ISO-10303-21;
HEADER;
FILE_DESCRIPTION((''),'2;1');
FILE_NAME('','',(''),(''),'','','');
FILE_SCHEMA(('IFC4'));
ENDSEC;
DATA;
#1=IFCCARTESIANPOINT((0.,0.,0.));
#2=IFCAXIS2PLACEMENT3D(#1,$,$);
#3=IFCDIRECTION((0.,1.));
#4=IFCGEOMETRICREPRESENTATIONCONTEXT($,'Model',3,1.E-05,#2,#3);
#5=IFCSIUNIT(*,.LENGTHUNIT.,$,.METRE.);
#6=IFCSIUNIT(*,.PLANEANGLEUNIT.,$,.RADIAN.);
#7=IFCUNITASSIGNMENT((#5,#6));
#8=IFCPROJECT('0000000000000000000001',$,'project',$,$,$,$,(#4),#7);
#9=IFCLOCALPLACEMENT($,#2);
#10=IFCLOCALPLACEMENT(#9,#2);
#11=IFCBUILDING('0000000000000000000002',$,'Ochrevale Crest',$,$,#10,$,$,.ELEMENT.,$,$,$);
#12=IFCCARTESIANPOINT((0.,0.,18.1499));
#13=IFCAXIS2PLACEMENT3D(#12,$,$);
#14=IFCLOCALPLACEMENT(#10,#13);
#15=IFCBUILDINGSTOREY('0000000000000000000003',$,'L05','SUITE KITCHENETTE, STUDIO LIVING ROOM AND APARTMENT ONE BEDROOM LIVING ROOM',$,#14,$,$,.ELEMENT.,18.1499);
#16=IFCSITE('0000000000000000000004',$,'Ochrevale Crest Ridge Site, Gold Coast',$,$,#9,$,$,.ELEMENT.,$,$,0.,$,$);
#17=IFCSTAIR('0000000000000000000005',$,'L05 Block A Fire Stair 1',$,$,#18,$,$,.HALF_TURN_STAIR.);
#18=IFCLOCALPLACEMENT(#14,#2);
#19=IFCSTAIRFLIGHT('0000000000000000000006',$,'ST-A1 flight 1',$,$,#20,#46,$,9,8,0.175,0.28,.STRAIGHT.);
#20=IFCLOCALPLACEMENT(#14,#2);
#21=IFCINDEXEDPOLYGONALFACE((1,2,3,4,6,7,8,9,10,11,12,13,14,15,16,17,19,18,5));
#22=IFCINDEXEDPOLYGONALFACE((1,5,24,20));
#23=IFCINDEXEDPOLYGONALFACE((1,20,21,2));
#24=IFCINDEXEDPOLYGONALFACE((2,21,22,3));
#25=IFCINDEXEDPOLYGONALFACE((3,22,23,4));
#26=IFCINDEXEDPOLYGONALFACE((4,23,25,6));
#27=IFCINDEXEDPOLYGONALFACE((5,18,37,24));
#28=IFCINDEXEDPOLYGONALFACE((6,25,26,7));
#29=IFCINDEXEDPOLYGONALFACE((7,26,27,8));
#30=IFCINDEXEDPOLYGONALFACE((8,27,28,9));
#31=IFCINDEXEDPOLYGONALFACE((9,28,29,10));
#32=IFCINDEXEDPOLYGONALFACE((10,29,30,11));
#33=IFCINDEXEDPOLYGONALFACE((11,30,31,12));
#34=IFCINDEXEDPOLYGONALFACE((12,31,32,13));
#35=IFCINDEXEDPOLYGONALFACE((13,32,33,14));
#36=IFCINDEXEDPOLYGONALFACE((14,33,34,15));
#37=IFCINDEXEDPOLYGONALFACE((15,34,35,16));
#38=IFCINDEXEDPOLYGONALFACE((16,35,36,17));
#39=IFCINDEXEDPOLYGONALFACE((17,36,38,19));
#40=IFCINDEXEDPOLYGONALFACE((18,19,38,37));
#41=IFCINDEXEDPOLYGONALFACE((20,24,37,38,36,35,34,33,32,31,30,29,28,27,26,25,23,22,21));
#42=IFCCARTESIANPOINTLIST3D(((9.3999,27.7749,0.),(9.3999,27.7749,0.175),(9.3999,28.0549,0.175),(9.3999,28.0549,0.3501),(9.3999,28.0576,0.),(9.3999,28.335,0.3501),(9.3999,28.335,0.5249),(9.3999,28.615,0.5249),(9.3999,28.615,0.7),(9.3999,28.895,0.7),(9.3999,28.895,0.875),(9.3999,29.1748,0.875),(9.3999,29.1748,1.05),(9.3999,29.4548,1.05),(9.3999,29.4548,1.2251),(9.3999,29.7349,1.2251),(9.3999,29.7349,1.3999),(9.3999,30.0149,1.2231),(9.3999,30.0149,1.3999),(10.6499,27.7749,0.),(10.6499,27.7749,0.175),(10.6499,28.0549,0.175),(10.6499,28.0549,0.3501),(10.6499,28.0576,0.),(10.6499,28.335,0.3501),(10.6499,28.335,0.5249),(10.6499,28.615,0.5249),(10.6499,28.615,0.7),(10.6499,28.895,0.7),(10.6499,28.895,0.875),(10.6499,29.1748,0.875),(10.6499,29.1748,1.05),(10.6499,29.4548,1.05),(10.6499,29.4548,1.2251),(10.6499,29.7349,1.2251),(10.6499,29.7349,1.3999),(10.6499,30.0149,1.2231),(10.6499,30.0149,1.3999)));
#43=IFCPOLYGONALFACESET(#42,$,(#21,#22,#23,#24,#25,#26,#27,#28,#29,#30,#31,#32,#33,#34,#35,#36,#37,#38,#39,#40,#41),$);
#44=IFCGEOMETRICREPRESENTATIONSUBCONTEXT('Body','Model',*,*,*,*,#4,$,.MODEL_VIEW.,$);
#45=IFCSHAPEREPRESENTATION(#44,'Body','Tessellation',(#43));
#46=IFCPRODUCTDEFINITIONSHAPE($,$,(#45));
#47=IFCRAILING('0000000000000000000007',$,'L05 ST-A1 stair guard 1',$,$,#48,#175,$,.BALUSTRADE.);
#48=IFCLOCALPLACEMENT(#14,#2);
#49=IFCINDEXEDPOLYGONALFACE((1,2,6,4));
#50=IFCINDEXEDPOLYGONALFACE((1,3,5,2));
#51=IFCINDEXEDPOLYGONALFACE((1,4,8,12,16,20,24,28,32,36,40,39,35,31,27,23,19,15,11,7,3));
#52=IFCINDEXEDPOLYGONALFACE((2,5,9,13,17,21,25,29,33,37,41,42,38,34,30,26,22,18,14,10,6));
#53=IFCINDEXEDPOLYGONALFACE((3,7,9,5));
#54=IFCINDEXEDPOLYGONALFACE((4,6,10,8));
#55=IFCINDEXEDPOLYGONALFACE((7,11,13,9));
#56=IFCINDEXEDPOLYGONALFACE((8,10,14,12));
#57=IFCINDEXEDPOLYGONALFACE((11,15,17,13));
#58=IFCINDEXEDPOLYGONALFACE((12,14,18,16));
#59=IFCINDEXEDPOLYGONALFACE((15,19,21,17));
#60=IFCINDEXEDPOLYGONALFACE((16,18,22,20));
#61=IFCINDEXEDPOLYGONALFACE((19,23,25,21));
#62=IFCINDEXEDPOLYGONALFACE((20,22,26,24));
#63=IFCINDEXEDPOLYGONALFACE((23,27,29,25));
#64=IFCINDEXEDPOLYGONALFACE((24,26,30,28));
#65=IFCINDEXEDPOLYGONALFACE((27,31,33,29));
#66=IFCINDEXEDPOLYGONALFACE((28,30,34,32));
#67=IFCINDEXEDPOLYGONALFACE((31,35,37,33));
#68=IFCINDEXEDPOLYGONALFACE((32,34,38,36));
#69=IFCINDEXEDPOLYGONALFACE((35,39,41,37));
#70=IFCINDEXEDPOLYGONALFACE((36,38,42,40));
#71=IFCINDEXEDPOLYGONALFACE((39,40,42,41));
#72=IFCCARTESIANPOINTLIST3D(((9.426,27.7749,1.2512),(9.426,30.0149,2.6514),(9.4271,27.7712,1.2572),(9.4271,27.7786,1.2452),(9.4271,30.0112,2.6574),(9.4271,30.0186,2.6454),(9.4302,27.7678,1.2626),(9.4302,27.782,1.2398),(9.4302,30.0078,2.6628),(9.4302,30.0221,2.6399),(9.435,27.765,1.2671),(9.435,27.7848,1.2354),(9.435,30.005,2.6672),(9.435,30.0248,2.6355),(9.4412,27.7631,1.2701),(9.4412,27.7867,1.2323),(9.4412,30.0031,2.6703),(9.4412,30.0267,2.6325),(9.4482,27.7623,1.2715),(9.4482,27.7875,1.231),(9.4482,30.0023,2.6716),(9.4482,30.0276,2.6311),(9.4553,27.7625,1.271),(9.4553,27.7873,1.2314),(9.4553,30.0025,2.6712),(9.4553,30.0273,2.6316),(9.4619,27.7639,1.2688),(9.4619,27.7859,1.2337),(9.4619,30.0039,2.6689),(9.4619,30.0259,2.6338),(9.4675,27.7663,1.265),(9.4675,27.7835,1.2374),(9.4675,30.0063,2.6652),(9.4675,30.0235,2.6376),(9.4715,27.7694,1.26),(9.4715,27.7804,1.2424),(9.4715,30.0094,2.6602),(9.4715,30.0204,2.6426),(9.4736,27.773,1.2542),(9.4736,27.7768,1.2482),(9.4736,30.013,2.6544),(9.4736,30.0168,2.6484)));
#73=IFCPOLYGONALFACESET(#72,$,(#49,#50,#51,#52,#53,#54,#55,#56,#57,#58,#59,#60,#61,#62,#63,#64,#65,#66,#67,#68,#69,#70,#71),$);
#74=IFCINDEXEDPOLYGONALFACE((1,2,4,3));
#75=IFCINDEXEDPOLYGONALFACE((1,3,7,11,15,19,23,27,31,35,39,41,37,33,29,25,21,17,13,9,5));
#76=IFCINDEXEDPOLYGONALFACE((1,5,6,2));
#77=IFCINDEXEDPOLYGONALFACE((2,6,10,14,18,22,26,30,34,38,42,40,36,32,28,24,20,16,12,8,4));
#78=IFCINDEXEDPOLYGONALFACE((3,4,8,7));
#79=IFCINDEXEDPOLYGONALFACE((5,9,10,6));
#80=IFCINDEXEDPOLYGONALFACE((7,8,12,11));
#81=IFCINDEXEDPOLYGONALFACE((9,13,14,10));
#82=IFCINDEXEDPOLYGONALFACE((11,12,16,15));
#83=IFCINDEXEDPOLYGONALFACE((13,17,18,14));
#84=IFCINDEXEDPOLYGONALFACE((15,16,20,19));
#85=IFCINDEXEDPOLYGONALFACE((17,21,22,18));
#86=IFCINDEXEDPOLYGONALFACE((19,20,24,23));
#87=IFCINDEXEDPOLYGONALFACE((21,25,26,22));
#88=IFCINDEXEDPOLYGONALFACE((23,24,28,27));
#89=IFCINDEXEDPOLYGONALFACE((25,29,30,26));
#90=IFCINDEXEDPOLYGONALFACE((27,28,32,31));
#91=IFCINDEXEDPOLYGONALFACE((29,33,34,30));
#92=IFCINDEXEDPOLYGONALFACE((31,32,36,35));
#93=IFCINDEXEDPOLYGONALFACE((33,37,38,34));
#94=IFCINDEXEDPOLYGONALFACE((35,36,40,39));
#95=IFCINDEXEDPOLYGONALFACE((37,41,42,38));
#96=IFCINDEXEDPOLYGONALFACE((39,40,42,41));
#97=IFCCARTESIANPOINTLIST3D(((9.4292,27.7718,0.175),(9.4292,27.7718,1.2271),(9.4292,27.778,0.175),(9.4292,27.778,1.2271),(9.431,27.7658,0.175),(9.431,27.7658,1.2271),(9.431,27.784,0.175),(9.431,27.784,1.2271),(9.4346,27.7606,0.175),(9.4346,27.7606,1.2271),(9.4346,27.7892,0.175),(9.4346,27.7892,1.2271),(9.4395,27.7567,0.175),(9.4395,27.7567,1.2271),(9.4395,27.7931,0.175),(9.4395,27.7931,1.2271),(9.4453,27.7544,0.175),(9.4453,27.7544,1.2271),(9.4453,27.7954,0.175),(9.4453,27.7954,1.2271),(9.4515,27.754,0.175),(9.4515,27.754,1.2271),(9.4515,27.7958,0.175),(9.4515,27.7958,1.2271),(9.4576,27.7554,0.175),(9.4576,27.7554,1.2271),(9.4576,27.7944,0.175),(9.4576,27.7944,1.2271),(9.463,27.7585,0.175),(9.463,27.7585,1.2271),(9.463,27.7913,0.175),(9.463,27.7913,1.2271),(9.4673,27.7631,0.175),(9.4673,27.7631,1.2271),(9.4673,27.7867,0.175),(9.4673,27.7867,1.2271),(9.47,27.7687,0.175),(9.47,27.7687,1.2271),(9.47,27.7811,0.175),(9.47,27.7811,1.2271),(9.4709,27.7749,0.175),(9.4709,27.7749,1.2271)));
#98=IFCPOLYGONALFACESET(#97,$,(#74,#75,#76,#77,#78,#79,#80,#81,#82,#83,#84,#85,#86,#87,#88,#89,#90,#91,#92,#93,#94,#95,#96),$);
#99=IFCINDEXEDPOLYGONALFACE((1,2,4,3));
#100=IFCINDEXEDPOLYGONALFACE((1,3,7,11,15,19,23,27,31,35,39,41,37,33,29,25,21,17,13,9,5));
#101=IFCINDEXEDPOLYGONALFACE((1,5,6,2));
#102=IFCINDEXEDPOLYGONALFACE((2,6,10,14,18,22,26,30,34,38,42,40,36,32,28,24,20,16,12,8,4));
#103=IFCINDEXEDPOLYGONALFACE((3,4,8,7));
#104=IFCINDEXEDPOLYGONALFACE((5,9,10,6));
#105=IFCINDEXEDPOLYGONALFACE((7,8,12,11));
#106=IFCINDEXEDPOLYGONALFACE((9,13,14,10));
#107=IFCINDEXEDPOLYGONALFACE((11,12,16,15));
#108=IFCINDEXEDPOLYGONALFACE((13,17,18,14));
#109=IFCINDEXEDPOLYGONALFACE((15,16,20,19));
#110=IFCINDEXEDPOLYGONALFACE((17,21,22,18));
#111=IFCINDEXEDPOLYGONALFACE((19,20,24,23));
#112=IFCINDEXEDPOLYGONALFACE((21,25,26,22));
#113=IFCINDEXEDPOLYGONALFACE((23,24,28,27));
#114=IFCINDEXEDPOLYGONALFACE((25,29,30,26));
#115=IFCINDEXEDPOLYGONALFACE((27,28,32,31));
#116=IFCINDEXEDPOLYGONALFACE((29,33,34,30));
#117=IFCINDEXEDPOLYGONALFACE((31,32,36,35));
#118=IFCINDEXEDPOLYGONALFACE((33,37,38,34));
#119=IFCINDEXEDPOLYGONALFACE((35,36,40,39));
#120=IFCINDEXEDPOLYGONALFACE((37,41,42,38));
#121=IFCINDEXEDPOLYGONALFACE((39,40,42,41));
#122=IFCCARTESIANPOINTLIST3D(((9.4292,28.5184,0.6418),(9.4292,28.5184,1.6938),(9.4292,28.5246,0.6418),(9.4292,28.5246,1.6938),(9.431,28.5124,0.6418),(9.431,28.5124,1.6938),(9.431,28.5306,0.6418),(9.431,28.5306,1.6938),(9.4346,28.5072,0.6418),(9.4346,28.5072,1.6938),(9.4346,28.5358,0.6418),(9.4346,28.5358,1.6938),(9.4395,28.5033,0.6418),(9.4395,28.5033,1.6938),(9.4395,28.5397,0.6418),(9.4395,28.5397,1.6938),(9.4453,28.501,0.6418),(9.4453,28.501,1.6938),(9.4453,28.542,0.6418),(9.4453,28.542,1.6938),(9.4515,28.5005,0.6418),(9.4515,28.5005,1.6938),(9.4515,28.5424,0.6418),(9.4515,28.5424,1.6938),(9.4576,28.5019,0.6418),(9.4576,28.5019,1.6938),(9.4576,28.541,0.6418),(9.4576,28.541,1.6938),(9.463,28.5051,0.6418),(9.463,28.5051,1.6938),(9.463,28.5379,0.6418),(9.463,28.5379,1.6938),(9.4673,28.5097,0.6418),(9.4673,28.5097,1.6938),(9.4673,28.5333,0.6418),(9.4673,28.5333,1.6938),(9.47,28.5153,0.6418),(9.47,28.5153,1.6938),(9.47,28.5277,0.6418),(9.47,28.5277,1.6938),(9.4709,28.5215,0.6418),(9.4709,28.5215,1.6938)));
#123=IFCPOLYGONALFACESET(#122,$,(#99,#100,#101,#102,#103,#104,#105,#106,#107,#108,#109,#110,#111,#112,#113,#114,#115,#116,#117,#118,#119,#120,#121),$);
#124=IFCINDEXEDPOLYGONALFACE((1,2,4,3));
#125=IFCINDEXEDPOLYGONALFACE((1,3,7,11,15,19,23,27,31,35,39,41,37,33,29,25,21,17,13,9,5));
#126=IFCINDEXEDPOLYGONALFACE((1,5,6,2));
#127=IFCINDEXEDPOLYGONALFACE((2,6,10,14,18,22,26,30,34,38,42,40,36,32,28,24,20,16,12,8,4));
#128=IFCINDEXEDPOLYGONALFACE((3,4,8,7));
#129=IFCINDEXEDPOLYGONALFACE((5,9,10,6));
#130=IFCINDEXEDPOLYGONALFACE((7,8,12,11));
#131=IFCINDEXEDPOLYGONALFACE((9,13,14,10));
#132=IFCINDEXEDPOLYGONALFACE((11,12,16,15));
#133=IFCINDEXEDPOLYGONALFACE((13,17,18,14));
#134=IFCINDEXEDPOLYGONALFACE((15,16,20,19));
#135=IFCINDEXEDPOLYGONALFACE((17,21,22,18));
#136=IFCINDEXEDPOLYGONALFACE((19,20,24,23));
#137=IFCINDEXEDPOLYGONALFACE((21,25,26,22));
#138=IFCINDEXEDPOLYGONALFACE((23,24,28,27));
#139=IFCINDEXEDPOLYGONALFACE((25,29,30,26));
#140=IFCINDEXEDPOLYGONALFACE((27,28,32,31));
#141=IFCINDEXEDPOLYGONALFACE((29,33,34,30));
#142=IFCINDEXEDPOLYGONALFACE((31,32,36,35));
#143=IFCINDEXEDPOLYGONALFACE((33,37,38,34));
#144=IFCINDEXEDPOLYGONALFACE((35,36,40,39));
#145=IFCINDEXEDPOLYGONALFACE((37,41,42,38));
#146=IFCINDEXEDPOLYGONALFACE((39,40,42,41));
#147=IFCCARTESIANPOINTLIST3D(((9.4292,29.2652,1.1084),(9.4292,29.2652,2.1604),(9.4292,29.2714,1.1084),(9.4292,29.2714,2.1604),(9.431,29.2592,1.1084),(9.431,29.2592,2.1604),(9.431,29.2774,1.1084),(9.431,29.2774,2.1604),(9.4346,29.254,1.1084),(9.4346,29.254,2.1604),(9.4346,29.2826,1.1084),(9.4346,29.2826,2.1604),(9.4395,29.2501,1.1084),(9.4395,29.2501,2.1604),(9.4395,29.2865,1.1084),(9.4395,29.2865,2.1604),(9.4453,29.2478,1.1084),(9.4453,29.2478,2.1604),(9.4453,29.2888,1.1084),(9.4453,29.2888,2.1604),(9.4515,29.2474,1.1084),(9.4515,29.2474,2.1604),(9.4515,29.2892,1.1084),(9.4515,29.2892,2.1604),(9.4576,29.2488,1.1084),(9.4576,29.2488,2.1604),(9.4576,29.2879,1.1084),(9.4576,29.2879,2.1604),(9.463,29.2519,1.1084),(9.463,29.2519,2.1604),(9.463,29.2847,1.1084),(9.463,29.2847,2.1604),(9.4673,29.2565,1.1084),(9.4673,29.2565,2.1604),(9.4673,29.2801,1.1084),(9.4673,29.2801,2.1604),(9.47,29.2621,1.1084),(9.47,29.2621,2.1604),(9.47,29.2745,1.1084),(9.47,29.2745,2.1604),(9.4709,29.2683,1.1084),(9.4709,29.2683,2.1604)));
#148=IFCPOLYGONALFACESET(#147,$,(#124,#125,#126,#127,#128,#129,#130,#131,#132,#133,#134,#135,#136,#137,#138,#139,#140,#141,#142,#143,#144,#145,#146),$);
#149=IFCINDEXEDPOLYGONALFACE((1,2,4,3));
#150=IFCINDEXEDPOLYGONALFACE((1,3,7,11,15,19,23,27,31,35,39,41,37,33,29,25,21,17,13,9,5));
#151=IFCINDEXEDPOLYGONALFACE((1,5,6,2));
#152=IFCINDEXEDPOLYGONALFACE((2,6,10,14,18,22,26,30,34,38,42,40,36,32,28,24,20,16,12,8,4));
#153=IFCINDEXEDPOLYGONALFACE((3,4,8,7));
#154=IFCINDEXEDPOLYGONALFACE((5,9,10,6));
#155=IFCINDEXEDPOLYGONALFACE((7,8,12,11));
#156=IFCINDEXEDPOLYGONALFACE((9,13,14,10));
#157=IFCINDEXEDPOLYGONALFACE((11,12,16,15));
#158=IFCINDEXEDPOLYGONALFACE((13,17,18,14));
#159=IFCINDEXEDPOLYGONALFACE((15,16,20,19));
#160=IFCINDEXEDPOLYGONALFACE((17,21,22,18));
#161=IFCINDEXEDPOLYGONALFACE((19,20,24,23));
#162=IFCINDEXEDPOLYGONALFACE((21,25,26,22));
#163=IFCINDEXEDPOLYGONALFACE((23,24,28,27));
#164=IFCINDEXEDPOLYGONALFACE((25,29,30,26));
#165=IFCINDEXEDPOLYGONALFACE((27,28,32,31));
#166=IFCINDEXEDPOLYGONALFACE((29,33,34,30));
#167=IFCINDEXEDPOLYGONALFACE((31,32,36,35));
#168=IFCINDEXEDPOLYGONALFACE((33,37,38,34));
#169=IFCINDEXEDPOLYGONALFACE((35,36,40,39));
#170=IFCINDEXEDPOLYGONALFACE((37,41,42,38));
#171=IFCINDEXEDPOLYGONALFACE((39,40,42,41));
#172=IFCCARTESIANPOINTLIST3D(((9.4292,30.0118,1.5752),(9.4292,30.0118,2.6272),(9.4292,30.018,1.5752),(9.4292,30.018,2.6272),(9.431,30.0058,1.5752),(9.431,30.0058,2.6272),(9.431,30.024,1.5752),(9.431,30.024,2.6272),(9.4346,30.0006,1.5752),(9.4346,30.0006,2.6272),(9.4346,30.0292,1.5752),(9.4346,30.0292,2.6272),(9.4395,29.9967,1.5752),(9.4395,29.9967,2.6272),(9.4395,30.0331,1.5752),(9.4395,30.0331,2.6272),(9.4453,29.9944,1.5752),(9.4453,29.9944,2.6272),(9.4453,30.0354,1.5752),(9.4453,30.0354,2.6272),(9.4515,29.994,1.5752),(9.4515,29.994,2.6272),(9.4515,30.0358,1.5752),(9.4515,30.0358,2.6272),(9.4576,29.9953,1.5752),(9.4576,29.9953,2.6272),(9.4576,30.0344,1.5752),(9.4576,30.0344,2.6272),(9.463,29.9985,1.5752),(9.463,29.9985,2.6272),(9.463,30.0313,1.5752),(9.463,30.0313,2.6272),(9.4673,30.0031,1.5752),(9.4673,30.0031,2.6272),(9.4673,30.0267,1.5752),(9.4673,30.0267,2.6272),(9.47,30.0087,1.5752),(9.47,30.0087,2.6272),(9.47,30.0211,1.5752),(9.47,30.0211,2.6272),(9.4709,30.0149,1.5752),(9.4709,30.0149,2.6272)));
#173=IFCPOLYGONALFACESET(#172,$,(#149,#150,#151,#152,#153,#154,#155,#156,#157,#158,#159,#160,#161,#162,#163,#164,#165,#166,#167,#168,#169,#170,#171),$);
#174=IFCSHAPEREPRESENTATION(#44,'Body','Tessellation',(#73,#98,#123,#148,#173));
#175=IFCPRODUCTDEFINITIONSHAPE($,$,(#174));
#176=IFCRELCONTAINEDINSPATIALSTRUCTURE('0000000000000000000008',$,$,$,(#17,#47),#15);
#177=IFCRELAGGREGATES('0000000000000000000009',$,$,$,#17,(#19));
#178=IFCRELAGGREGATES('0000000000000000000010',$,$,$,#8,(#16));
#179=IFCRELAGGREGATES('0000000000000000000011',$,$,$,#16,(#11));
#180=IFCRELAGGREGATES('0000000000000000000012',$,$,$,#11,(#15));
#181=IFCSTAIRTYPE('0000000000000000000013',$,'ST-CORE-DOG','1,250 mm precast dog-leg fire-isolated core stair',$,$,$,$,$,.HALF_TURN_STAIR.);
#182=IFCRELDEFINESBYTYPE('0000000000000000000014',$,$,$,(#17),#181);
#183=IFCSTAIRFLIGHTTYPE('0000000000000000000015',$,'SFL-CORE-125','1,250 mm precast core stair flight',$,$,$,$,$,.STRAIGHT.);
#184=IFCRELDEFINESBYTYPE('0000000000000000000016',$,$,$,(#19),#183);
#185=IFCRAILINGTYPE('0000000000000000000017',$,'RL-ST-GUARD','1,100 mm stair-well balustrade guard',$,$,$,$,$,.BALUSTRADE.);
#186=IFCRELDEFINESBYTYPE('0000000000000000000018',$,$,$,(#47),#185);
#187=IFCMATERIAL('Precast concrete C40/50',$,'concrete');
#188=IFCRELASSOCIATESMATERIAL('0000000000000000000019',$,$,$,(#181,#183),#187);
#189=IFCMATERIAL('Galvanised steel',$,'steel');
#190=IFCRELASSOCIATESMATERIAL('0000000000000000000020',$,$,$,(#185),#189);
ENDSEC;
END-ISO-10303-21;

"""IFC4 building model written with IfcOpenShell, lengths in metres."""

from ifc_helpers import new_model, si_unit, direction, frame, origin, origin_2d, place, context, subcontext, project, spatial, polyline, circle, outline, extrude, material, type_object, element, aggregate, save


model = new_model("IFC4")

# Units and contexts
model_context = context("Model", 3, precision=1e-05, world=origin(), true_north=direction((0.0, 1.0)))
body_context = subcontext(model_context, "Body", "Model", "MODEL_VIEW")
ifc_project = project(units=[si_unit("LENGTHUNIT", "METRE"), si_unit("PLANEANGLEUNIT", "RADIAN")], contexts=[model_context])

# Site, building, storey
site_placement = place(None, origin())
site = spatial("IfcSite", under=ifc_project, at=site_placement, Name="Ochrevale Crest Ridge Site, Gold Coast", CompositionType="ELEMENT", RefElevation=0.0)
building_placement = place(site_placement, origin())
building = spatial("IfcBuilding", under=site, at=building_placement, Name="Ochrevale Crest", CompositionType="ELEMENT")
storey_placement = place(building_placement, frame((0.0, 0.0, 18.1499)))
storey = spatial("IfcBuildingStorey", under=building, at=storey_placement, Name="L05", Description="SUITE KITCHENETTE, STUDIO LIVING ROOM AND APARTMENT ONE BEDROOM LIVING ROOM", CompositionType="ELEMENT", Elevation=18.1499)

# Stair, stair flight
ifc_material_1 = material(Name="Precast concrete C40/50", Category="concrete")
stair_type = type_object("IfcStairType", Name="ST-CORE-DOG", Description="1,250 mm precast dog-leg fire-isolated core stair", PredefinedType="HALF_TURN_STAIR", material=ifc_material_1)
stair_placement = place(storey_placement, origin())
stair = element("IfcStair", 1, at=stair_placement, inside=storey, type_object=stair_type, Name="L05 Block A Fire Stair 1", PredefinedType="HALF_TURN_STAIR")
stair_flight_type = type_object("IfcStairFlightType", Name="SFL-CORE-125", Description="1,250 mm precast core stair flight", PredefinedType="STRAIGHT", material=ifc_material_1)
stair_flight_placement = place(storey_placement, frame((10.0249, 27.7749, 0.0), z_axis=(0.0, 0.0, 1.0), x_axis=(0.0, 1.0, 0.0)))
stair_flight = element("IfcStairFlight", 2, at=stair_flight_placement, type_object=stair_flight_type, Name="ST-A1 flight 1", NumberOfRisers=9, NumberOfTreads=8, PredefinedType="STRAIGHT", RiserHeight=0.175, TreadLength=0.28, context=body_context, shape_type="SweptSolid", body=[
    extrude(outline(polyline([(0.0, 0.0), (0.0, 0.175), (0.28, 0.175), (0.28, 0.3501), (0.5601, 0.3501), (0.5601, 0.5249), (0.8401, 0.5249), (0.8401, 0.7), (1.1201, 0.7), (1.1201, 0.875), (1.3999, 0.875), (1.3999, 1.05), (1.6799, 1.05), (1.6799, 1.2251), (1.96, 1.2251), (1.96, 1.3999), (2.24, 1.3999), (2.24, 1.575), (2.24, 1.2231), (0.2827, 0.0), (0.0, 0.0)])), frame((0.0, 0.625, 0.0), z_axis=(0.0, -1.0, 0.0), x_axis=(1.0, 0.0, 0.0)), (0.0, 0.0, 1.0), 1.25),
])
aggregate(stair, [stair_flight])

# Railing
ifc_material_2 = material(Name="Galvanised steel", Category="steel")
railing_type_1 = type_object("IfcRailingType", Name="RL-ST-GUARD", Description="1,100 mm stair-well balustrade guard", PredefinedType="BALUSTRADE", material=ifc_material_2)
railing_1_placement = place(storey_placement, frame((9.45, 27.7749, 0.175)))
element("IfcRailing", 3, at=railing_1_placement, inside=storey, type_object=railing_type_1, Name="L05 ST-A1 stair guard 1", PredefinedType="BALUSTRADE", context=body_context, shape_type="SweptSolid", body=[
    extrude(circle(Radius=0.0239, at=origin_2d()), frame((0.0, 0.0, 1.0762), z_axis=(0.0, 0.847972, 0.53004), x_axis=(-1.0, 0.0, 0.0)), (0.0, 0.0, 1.0), 2.6416),
    extrude(circle(Radius=0.021, at=origin_2d()), origin(), (0.0, 0.0, 1.0), 1.052),
    extrude(circle(Radius=0.021, at=origin_2d()), frame((0.0, 0.7466, 0.4668)), (0.0, 0.0, 1.0), 1.052),
    extrude(circle(Radius=0.021, at=origin_2d()), frame((0.0, 1.4934, 0.9333)), (0.0, 0.0, 1.0), 1.052),
    extrude(circle(Radius=0.021, at=origin_2d()), frame((0.0, 2.24, 1.4001)), (0.0, 0.0, 1.0), 1.052),
])

save(model, "model.ifc")
